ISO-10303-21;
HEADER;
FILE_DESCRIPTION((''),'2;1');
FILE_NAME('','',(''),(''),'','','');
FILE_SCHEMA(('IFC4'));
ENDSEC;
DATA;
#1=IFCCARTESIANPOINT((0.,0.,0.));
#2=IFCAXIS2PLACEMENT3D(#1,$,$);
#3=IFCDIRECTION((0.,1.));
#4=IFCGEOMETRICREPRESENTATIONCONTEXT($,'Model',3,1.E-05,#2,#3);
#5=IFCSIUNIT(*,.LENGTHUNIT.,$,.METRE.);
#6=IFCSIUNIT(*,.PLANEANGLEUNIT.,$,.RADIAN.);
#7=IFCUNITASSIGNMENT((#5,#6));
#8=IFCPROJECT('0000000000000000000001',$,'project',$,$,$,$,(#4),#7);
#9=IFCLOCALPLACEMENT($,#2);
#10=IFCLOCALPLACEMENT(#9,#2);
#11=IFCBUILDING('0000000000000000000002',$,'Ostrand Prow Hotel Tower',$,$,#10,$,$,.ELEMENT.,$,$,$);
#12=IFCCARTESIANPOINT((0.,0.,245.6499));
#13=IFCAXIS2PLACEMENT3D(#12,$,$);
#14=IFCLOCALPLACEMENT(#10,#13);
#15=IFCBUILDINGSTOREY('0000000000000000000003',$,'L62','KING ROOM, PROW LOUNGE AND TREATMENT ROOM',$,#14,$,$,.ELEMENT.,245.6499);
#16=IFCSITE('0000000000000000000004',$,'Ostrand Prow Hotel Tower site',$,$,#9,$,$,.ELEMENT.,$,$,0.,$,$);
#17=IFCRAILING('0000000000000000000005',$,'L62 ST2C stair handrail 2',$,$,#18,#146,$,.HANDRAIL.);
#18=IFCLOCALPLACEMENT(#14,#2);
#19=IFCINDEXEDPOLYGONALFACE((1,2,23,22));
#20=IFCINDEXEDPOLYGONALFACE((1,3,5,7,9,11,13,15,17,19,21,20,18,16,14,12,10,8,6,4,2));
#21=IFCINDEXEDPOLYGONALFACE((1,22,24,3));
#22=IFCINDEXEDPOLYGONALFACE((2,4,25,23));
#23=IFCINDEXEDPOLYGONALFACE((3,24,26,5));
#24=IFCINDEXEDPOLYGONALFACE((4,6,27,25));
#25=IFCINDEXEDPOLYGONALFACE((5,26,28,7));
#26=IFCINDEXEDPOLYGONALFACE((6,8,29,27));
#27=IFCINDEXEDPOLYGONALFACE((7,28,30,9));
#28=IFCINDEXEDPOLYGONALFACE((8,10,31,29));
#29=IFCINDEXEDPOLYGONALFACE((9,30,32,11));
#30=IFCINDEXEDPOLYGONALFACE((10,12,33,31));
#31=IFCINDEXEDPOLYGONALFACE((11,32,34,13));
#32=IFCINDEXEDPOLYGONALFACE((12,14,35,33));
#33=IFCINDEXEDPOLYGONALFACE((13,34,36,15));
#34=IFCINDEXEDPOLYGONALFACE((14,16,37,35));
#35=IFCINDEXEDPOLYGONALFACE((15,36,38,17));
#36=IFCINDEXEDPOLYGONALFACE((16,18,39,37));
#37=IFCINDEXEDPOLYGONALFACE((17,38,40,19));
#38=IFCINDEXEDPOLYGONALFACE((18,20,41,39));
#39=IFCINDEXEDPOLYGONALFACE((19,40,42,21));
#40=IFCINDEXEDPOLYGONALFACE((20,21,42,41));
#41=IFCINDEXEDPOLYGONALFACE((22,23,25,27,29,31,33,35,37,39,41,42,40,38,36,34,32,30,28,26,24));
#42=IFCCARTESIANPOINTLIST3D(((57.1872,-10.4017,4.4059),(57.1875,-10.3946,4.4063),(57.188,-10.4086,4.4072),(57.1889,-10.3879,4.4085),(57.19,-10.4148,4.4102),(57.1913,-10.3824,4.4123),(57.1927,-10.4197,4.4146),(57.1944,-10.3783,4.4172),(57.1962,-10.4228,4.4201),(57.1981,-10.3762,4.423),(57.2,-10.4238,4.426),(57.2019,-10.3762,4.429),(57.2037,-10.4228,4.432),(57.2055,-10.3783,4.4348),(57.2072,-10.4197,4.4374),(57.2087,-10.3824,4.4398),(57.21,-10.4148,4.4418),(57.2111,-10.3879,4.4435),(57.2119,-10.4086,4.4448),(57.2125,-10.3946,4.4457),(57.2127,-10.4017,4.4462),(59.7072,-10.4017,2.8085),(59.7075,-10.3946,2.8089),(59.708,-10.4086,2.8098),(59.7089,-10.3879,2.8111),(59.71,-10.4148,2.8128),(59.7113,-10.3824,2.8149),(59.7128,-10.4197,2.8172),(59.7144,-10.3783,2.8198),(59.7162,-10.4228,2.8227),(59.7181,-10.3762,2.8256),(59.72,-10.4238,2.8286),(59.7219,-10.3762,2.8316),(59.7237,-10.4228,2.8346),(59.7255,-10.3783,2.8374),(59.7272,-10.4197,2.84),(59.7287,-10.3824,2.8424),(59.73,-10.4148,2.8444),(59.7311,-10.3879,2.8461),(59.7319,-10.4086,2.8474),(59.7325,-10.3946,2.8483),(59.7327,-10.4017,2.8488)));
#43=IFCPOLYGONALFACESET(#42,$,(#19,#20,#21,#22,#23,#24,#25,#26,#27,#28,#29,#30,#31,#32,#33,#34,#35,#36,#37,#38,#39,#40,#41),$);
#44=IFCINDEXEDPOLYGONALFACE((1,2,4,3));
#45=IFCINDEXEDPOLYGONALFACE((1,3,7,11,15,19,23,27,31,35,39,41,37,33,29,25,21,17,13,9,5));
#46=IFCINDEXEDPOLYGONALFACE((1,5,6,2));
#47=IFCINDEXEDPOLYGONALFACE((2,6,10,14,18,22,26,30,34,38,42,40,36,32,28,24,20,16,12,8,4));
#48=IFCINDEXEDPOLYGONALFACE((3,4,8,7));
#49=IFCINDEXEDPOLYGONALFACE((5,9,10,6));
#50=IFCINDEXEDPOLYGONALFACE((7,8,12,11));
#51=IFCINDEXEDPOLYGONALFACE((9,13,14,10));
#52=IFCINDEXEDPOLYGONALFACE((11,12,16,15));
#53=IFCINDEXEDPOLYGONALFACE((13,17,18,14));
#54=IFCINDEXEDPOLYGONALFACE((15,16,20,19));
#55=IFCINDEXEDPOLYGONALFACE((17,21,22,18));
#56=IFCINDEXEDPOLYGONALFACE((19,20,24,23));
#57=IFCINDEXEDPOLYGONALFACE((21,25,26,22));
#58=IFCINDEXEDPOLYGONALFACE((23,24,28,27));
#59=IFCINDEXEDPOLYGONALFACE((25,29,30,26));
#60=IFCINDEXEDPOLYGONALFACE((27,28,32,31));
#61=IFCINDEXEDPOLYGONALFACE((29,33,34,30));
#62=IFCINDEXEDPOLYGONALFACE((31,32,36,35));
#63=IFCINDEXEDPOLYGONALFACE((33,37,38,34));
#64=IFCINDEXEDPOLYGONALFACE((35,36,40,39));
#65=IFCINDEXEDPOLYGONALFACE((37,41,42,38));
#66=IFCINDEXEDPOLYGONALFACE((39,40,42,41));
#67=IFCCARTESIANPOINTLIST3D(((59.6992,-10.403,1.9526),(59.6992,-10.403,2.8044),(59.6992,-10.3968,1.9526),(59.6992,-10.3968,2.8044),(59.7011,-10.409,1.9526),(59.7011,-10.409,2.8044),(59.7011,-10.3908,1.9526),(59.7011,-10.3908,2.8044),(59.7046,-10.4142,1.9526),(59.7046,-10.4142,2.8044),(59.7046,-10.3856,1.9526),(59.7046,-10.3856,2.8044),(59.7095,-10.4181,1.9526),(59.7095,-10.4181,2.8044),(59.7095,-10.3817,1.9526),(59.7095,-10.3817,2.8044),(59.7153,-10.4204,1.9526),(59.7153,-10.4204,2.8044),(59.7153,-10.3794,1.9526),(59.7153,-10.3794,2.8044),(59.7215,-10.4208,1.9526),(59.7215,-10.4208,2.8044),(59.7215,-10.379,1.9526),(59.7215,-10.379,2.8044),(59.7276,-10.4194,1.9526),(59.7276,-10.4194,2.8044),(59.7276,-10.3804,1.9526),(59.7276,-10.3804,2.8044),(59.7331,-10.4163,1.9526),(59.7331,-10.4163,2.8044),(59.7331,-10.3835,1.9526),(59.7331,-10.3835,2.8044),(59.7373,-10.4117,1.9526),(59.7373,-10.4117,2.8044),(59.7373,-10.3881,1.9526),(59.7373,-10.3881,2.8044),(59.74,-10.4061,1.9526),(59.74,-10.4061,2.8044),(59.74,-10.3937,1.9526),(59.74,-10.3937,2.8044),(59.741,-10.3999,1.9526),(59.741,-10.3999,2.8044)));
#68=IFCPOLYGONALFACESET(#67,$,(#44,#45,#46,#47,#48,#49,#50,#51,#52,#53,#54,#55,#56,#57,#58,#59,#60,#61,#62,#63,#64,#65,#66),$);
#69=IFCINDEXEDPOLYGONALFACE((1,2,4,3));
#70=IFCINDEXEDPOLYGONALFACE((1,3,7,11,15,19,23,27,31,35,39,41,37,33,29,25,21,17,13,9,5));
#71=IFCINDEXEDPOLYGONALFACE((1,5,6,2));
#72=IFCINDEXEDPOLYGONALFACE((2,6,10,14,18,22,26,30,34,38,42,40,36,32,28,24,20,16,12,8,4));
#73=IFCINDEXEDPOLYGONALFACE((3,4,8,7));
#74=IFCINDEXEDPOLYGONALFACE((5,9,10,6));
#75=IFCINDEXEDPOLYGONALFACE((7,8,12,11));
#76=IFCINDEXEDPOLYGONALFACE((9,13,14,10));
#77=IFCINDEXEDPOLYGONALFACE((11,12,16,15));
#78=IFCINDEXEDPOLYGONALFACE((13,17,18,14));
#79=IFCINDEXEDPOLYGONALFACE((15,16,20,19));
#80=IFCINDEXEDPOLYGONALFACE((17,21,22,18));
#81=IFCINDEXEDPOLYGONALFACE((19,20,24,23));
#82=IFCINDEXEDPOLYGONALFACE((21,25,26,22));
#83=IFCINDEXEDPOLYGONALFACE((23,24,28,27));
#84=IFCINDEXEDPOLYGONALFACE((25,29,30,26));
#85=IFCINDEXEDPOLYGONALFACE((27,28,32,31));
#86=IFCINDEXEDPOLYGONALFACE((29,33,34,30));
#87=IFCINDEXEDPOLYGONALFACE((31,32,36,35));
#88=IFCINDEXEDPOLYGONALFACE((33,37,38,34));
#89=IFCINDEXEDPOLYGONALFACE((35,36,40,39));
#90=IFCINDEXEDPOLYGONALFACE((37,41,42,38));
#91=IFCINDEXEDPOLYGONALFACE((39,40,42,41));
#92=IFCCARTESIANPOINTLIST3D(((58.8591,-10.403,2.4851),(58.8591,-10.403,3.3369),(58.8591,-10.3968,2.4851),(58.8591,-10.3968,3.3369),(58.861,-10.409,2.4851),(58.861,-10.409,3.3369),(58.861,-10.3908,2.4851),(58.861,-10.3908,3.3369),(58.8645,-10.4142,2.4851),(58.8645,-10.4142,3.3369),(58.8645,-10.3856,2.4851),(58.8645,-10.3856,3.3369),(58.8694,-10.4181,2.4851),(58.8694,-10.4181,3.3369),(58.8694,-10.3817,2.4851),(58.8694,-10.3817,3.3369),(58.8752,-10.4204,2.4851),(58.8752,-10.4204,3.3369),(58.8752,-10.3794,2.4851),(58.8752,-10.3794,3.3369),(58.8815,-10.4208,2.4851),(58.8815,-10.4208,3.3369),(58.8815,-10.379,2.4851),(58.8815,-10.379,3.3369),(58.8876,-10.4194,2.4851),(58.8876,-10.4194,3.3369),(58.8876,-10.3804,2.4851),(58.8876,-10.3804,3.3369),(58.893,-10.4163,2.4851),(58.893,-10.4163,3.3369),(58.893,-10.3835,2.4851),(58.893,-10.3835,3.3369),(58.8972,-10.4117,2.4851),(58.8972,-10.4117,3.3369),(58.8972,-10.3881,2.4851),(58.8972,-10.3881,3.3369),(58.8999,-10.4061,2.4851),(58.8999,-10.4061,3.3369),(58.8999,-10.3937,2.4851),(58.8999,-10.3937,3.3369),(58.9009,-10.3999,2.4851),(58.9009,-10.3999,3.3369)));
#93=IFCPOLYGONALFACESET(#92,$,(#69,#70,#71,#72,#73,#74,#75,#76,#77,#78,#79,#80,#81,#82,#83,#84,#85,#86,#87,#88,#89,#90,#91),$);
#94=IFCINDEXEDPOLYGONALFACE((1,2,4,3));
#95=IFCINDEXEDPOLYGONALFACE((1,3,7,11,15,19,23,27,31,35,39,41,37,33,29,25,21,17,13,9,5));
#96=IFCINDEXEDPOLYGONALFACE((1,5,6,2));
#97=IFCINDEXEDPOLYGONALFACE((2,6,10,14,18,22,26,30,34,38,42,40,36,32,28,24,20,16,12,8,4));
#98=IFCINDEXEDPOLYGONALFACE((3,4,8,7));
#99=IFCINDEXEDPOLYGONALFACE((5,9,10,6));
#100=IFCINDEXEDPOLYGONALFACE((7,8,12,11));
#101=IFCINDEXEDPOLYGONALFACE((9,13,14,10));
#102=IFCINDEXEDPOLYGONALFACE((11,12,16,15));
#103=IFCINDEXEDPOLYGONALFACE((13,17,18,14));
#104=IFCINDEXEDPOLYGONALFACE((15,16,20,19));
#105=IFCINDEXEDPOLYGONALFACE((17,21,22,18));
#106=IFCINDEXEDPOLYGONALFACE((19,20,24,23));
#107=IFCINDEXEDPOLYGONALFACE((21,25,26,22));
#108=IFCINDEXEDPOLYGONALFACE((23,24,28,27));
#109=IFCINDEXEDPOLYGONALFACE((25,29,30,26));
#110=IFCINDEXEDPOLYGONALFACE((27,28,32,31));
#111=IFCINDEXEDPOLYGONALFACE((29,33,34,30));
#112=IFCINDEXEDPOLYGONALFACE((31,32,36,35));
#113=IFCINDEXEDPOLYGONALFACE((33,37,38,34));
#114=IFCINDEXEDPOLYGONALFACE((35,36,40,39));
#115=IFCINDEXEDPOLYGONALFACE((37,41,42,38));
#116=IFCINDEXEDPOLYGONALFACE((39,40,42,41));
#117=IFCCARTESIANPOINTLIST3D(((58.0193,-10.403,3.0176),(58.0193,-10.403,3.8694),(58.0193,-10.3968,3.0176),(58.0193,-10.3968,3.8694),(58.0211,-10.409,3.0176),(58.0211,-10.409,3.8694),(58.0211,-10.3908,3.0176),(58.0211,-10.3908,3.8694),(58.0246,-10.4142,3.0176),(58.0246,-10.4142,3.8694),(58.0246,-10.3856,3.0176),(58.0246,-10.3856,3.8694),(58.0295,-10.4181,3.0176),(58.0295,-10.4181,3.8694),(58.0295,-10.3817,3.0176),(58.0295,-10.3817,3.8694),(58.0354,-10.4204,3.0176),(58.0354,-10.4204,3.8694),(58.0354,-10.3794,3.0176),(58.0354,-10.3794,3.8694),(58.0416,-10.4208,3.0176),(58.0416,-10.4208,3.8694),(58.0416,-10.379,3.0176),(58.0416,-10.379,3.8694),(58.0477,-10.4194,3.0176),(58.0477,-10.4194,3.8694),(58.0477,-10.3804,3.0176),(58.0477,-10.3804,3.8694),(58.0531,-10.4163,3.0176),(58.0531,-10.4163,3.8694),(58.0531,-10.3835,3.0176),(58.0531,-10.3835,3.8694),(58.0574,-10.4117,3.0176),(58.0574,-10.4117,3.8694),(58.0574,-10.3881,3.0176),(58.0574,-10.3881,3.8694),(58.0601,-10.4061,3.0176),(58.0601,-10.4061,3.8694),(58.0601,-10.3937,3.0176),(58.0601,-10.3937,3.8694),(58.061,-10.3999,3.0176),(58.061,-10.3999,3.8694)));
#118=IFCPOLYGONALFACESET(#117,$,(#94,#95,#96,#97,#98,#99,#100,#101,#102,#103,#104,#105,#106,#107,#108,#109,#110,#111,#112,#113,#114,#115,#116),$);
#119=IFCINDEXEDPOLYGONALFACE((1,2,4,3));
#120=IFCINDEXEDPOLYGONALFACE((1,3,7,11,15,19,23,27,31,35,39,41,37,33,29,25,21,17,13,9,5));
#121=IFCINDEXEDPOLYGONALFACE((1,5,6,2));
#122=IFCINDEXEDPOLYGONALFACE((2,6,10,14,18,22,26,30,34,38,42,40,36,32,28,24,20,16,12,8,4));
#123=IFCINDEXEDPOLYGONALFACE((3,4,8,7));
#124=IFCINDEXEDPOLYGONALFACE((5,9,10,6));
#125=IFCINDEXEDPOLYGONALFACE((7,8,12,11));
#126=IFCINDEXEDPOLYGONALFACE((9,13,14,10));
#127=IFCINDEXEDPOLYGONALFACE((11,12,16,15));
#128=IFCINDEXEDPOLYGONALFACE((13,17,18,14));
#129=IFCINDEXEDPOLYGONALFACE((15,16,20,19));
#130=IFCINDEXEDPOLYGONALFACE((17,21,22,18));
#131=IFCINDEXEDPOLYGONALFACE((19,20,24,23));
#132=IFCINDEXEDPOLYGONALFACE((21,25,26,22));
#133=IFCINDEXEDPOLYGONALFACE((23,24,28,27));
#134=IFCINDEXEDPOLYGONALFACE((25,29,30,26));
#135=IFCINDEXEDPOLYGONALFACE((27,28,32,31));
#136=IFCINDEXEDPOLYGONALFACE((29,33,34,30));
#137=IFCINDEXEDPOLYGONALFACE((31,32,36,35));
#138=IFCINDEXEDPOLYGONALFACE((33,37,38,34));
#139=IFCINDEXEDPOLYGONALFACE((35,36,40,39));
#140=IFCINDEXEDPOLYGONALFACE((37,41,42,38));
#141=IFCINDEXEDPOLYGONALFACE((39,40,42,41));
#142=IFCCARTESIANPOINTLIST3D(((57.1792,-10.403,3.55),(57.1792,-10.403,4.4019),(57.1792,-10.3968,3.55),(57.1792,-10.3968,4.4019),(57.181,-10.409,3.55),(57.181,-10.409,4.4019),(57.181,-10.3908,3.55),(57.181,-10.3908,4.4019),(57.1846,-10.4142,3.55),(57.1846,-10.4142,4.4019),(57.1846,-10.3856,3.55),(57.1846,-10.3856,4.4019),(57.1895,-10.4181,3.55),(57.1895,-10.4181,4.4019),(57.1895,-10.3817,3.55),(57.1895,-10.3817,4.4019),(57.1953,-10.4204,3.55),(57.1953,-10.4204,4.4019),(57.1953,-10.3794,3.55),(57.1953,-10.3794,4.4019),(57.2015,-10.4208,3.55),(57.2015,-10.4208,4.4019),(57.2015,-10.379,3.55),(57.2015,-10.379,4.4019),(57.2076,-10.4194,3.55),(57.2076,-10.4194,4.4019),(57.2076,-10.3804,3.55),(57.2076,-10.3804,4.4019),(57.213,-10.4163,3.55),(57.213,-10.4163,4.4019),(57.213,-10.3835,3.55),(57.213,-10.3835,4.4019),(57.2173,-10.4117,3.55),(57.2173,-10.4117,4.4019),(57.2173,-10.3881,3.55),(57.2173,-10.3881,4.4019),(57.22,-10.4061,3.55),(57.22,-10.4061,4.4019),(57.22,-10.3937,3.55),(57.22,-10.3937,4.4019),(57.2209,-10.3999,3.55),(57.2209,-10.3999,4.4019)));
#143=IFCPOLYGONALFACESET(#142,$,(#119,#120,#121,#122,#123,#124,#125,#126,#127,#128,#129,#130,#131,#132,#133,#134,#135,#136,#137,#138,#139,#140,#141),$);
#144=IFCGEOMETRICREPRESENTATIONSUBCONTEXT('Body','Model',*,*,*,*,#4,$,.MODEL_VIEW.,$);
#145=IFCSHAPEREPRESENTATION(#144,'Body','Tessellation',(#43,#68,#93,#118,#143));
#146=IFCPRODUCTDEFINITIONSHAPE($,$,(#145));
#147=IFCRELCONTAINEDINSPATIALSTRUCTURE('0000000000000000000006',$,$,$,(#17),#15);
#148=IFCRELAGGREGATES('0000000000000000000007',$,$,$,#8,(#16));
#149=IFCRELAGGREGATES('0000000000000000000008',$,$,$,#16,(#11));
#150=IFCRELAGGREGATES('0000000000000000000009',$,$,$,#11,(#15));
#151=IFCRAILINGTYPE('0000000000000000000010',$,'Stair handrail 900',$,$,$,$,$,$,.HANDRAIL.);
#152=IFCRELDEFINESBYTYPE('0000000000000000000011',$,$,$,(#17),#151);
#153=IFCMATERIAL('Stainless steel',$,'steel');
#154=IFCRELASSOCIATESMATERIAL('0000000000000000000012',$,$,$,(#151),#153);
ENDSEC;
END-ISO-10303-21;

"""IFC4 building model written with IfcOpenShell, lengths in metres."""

from ifc_helpers import new_model, si_unit, direction, frame, origin, origin_2d, place, context, subcontext, project, spatial, circle, extrude, material, type_object, element, save


model = new_model("IFC4")

# Units and contexts
model_context = context("Model", 3, precision=1e-05, world=origin(), true_north=direction((0.0, 1.0)))
body_context = subcontext(model_context, "Body", "Model", "MODEL_VIEW")
ifc_project = project(units=[si_unit("LENGTHUNIT", "METRE"), si_unit("PLANEANGLEUNIT", "RADIAN")], contexts=[model_context])

# Site, building, storey
site_placement = place(None, origin())
site = spatial("IfcSite", under=ifc_project, at=site_placement, Name="Ostrand Prow Hotel Tower site", CompositionType="ELEMENT", RefElevation=0.0)
building_placement = place(site_placement, origin())
building = spatial("IfcBuilding", under=site, at=building_placement, Name="Ostrand Prow Hotel Tower", CompositionType="ELEMENT")
storey_placement = place(building_placement, frame((0.0, 0.0, 245.6499)))
storey = spatial("IfcBuildingStorey", under=building, at=storey_placement, Name="L62", Description="KING ROOM, PROW LOUNGE AND TREATMENT ROOM", CompositionType="ELEMENT", Elevation=245.6499)

# Railing
ifc_material_1 = material(Name="Stainless steel", Category="steel")
railing_type_1 = type_object("IfcRailingType", Name="Stair handrail 900", PredefinedType="HANDRAIL", material=ifc_material_1)
railing_1_placement = place(storey_placement, frame((59.72, -10.3999, 1.9526)))
element("IfcRailing", 1, at=railing_1_placement, inside=storey, type_object=railing_type_1, Name="L62 ST2C stair handrail 2", PredefinedType="HANDRAIL", context=body_context, shape_type="SweptSolid", body=[
    extrude(circle(Radius=0.0239, at=origin_2d()), frame((0.0, 0.0, 0.876), z_axis=(-0.844607, 0.0, 0.535387), x_axis=(0.0, -1.0, 0.0)), (0.0, 0.0, 1.0), 2.9836),
    extrude(circle(Radius=0.021, at=origin_2d()), origin(), (0.0, 0.0, 1.0), 0.8518),
    extrude(circle(Radius=0.021, at=origin_2d()), frame((-0.8401, 0.0, 0.5325)), (0.0, 0.0, 1.0), 0.8518),
    extrude(circle(Radius=0.021, at=origin_2d()), frame((-1.6799, 0.0, 1.0649)), (0.0, 0.0, 1.0), 0.8518),
    extrude(circle(Radius=0.021, at=origin_2d()), frame((-2.52, 0.0, 1.5974)), (0.0, 0.0, 1.0), 0.8518),
])

save(model, "model.ifc")
